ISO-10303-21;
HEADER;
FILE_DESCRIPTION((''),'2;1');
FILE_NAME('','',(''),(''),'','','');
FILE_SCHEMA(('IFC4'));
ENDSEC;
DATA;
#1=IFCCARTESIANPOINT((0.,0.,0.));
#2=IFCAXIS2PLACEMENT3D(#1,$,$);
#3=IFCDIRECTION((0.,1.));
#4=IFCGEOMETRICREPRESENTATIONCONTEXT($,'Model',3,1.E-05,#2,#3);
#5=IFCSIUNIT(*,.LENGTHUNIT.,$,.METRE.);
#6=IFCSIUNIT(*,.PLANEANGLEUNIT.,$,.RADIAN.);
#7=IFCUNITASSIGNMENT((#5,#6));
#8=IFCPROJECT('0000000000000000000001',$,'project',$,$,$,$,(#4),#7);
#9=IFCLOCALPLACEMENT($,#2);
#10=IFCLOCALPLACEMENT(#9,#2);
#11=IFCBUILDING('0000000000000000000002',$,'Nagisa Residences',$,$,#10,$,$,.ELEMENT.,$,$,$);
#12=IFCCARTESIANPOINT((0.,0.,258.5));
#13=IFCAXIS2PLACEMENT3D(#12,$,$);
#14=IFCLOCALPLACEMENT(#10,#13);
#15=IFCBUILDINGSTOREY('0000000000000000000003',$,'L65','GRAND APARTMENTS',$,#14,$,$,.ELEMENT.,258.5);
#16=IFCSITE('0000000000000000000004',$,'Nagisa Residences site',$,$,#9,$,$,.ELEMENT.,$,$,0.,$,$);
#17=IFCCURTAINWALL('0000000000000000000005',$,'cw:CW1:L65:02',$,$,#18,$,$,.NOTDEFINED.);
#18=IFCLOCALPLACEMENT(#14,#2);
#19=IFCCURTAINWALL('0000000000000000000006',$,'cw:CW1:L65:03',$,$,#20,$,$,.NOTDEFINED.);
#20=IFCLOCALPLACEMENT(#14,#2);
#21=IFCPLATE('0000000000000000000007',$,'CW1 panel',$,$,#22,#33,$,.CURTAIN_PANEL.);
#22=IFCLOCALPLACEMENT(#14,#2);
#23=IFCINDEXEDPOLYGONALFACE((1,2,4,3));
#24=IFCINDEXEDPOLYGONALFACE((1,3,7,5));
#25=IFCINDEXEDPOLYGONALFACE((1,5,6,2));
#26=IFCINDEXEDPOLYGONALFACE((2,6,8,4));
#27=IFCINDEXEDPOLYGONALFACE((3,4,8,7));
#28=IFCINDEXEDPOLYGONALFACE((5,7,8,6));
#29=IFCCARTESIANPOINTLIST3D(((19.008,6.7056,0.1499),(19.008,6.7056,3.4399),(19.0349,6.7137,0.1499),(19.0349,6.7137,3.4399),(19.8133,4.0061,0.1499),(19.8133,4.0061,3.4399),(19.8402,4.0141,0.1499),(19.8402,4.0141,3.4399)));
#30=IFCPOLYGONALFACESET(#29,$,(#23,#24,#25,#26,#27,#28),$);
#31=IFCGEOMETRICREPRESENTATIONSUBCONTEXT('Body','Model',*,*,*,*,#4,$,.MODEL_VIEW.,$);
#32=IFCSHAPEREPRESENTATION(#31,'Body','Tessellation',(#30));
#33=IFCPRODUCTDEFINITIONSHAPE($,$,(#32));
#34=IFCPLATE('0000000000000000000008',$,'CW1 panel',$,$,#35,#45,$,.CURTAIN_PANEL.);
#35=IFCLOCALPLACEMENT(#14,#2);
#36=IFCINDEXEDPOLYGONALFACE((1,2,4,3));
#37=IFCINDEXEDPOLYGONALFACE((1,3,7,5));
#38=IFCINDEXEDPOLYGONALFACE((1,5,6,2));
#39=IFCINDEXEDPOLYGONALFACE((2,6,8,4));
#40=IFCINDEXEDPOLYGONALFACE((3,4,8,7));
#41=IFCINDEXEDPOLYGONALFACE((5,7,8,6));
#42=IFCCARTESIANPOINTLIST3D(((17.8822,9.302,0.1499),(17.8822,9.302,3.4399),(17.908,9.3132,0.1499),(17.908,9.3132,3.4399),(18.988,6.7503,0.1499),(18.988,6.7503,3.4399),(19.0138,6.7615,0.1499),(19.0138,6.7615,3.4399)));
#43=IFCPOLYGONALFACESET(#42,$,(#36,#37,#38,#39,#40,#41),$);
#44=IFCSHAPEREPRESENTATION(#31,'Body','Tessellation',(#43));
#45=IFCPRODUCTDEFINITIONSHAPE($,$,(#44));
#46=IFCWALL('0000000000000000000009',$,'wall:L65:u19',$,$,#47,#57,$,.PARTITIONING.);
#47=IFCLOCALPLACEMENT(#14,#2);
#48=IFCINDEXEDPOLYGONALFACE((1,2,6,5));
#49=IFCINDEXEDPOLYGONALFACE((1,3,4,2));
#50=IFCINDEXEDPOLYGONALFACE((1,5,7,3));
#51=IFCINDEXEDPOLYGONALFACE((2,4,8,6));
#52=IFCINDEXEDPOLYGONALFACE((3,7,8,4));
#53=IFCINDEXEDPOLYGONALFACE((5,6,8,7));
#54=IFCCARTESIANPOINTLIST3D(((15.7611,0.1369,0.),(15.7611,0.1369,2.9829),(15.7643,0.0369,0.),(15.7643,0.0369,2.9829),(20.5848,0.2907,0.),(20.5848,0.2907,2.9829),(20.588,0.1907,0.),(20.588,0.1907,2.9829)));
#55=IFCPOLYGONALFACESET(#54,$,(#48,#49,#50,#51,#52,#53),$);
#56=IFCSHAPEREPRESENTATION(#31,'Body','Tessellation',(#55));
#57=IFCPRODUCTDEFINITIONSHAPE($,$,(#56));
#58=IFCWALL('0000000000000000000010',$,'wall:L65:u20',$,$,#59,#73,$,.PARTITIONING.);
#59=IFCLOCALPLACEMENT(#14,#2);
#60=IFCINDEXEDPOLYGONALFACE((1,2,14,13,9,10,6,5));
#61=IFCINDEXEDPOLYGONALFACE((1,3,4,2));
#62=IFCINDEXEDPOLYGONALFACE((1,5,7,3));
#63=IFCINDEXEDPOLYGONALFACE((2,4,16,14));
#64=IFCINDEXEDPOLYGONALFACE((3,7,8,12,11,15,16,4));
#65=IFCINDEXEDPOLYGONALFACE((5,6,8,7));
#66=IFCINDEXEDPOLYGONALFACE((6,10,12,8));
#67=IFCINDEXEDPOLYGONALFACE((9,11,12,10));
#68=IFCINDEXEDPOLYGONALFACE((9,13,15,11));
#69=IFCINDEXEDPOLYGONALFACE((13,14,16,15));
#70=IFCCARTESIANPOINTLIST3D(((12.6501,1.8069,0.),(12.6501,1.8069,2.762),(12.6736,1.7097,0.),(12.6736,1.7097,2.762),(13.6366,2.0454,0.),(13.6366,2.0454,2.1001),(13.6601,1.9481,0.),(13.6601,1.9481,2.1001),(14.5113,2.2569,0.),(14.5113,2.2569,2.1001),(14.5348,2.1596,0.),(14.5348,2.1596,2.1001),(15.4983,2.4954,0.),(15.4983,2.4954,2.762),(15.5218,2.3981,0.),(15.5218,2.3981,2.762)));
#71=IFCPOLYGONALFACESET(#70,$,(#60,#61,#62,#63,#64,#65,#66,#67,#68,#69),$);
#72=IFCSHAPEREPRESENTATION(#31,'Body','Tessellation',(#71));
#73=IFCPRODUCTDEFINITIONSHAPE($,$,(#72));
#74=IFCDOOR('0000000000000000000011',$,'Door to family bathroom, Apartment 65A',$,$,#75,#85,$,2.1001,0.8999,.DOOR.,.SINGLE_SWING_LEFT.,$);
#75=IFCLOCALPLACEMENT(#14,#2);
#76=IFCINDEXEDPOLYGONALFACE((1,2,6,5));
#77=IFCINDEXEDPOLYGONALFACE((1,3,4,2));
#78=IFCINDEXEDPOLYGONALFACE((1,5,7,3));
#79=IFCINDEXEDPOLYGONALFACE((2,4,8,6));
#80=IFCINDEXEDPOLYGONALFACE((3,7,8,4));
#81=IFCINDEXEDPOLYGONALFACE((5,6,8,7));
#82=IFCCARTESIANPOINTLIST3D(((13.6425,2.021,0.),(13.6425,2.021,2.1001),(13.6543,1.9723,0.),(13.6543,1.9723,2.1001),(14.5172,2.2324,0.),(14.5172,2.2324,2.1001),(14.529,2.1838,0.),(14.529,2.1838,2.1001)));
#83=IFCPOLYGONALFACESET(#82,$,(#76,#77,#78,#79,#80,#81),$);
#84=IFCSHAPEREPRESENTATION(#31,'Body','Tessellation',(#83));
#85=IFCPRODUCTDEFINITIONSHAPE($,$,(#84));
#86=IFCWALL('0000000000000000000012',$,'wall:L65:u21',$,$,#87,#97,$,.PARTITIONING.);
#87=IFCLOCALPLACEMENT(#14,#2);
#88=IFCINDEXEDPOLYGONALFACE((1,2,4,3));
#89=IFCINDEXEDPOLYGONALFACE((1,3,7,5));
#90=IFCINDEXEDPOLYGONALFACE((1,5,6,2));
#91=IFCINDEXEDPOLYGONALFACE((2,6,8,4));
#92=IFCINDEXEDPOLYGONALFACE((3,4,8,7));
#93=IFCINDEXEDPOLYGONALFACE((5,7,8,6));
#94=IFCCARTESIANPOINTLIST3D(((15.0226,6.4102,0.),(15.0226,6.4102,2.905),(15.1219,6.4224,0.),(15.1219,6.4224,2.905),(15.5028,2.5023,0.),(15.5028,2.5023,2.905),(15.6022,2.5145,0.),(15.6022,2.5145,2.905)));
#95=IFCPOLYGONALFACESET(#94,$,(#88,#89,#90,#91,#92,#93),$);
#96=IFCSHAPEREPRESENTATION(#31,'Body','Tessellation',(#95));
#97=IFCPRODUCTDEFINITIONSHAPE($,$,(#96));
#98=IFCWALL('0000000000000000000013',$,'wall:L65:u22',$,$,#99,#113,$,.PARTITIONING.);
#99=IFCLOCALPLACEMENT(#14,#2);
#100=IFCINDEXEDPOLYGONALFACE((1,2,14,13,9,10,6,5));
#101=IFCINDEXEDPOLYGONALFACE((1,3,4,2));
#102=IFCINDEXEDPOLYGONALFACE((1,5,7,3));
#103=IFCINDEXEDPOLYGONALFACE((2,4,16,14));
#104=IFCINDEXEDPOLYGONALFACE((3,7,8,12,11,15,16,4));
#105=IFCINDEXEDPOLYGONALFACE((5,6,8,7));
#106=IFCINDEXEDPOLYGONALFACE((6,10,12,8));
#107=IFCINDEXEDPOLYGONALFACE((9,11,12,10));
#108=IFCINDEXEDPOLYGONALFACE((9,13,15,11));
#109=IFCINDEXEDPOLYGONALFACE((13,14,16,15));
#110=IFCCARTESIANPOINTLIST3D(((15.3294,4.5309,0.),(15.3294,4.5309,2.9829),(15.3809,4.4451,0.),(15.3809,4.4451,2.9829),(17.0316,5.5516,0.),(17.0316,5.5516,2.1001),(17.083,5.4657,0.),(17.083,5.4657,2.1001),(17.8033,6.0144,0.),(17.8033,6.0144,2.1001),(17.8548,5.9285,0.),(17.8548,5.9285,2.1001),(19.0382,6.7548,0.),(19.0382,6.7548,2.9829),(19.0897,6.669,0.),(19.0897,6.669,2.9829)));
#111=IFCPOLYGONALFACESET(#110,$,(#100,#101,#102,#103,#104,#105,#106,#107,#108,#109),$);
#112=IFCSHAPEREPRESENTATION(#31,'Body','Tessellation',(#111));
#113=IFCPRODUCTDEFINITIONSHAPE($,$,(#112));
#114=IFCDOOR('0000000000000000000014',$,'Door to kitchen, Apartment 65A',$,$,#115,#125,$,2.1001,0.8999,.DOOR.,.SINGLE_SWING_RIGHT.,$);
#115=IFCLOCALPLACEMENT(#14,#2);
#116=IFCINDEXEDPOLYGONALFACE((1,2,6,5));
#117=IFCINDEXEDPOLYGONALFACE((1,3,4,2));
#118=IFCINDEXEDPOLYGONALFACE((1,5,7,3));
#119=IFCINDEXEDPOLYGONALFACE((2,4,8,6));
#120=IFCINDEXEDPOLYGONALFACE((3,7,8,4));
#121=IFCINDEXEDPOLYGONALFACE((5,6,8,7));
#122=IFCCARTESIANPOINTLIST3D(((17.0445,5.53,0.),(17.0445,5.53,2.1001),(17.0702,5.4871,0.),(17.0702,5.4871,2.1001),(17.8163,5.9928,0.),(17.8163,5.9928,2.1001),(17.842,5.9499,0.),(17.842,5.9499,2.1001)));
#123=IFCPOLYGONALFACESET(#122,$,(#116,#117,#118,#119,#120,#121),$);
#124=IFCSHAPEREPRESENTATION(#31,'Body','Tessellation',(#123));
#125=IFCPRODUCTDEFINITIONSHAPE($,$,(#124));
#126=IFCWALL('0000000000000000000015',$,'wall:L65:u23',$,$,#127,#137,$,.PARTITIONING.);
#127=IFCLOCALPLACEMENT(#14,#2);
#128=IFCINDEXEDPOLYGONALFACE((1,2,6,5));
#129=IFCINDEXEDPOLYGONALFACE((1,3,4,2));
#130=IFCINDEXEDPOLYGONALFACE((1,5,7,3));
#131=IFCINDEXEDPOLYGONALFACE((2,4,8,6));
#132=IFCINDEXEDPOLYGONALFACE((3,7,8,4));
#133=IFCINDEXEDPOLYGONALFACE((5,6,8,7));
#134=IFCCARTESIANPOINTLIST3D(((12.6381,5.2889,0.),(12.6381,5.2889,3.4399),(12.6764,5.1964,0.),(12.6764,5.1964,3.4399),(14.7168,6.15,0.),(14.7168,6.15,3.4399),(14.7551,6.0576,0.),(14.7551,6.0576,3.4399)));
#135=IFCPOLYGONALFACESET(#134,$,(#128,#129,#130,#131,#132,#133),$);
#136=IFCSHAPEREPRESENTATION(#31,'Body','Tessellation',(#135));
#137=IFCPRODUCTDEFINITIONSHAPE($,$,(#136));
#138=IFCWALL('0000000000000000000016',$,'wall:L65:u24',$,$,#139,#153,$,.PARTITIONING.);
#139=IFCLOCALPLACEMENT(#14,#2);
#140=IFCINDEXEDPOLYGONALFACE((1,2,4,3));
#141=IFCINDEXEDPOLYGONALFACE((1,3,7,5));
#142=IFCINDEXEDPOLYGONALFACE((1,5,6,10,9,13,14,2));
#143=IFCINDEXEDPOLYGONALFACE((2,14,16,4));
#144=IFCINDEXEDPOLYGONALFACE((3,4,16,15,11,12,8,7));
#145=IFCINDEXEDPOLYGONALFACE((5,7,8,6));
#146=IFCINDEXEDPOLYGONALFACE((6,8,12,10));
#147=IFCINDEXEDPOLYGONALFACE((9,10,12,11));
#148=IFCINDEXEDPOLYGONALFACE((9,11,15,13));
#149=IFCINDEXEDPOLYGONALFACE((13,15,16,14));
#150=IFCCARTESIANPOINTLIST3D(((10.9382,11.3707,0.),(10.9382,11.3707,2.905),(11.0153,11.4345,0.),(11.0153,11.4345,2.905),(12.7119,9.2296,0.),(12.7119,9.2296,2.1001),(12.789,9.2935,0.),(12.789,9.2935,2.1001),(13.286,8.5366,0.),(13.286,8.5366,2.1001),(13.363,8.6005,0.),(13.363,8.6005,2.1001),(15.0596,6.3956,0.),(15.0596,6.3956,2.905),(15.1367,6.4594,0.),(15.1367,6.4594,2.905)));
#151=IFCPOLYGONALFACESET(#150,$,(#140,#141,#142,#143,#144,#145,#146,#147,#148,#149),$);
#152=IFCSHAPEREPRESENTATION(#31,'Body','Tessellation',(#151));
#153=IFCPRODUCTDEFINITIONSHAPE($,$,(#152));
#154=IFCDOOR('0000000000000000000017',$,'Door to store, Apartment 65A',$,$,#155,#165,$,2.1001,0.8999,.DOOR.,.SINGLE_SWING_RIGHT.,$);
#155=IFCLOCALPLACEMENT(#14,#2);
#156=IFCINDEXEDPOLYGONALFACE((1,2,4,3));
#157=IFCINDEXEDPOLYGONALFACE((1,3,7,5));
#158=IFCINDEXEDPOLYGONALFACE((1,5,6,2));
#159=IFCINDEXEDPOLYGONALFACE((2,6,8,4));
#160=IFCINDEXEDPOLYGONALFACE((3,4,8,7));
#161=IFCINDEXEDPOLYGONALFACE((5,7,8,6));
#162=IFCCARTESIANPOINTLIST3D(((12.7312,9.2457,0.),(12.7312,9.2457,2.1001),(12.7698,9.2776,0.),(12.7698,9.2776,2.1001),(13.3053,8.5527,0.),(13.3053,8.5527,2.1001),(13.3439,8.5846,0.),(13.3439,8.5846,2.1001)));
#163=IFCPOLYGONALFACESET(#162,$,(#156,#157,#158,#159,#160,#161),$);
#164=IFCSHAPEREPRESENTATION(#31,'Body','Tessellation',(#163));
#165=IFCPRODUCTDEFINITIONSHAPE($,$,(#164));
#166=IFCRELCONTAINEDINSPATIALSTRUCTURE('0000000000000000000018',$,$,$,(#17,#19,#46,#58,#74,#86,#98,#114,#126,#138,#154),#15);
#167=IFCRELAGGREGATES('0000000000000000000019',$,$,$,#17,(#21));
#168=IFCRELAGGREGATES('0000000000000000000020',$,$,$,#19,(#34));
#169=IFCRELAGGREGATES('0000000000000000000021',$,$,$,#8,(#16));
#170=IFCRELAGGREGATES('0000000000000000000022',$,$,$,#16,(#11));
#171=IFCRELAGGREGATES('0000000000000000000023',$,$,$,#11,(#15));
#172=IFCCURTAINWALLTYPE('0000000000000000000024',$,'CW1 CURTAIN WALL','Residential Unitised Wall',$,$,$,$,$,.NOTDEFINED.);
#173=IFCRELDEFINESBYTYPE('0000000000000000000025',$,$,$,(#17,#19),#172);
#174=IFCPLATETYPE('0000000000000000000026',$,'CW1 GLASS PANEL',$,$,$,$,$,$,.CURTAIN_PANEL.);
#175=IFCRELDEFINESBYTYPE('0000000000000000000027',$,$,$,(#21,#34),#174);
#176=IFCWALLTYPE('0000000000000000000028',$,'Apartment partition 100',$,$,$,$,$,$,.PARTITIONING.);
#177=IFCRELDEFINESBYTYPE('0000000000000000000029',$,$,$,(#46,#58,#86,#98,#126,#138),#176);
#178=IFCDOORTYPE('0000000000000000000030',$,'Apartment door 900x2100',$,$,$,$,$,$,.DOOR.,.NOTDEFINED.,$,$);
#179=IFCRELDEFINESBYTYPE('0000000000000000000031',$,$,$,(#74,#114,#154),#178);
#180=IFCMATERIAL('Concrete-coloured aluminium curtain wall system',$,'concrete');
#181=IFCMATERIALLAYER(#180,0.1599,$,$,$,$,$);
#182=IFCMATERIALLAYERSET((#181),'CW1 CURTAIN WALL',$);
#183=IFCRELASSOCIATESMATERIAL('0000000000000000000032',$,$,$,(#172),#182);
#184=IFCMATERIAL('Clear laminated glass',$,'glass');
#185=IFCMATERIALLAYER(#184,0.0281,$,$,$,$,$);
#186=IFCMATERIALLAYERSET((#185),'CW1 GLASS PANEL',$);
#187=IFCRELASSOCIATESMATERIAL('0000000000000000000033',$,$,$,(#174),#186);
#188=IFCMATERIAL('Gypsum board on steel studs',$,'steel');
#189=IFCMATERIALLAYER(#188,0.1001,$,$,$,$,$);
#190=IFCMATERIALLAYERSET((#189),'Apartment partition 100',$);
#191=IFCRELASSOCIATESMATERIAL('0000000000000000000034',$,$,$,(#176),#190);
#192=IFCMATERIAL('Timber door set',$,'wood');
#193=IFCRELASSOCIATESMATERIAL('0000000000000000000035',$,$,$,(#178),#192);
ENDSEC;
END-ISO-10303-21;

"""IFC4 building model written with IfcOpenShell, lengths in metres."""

from ifc_helpers import new_model, si_unit, direction, frame, frame_2d, origin, origin_2d, place, context, subcontext, project, spatial, rectangle, extrude, material, layer, layer_set, type_object, element, fill, aggregate, save


model = new_model("IFC4")

# Units and contexts
model_context = context("Model", 3, precision=1e-05, world=origin(), true_north=direction((0.0, 1.0)))
body_context = subcontext(model_context, "Body", "Model", "MODEL_VIEW")
ifc_project = project(units=[si_unit("LENGTHUNIT", "METRE"), si_unit("PLANEANGLEUNIT", "RADIAN")], contexts=[model_context])

# Site, building, storey
site_placement = place(None, origin())
site = spatial("IfcSite", under=ifc_project, at=site_placement, Name="Nagisa Residences site", CompositionType="ELEMENT", RefElevation=0.0)
building_placement = place(site_placement, origin())
building = spatial("IfcBuilding", under=site, at=building_placement, Name="Nagisa Residences", CompositionType="ELEMENT")
storey_placement = place(building_placement, frame((0.0, 0.0, 258.5)))
storey = spatial("IfcBuildingStorey", under=building, at=storey_placement, Name="L65", Description="GRAND APARTMENTS", CompositionType="ELEMENT", Elevation=258.5)

# Curtain walls
ifc_material_1 = material(Name="Concrete-coloured aluminium curtain wall system", Category="concrete")
ifc_layer_1 = layer(ifc_material_1, 0.1599)
ifc_layer_set_1 = layer_set([ifc_layer_1], Name="CW1 CURTAIN WALL")
curtain_wall_type = type_object("IfcCurtainWallType", Name="CW1 CURTAIN WALL", Description="Residential Unitised Wall", PredefinedType="NOTDEFINED", material=ifc_layer_set_1)
curtain_wall_1_placement = place(storey_placement, origin())
curtain_wall_1 = element("IfcCurtainWall", 1, at=curtain_wall_1_placement, inside=storey, type_object=curtain_wall_type, Name="cw:CW1:L65:02", PredefinedType="NOTDEFINED")
curtain_wall_2_placement = place(storey_placement, origin())
curtain_wall_2 = element("IfcCurtainWall", 2, at=curtain_wall_2_placement, inside=storey, type_object=curtain_wall_type, Name="cw:CW1:L65:03", PredefinedType="NOTDEFINED")

# Plates
ifc_material_2 = material(Name="Clear laminated glass", Category="glass")
ifc_layer_2 = layer(ifc_material_2, 0.0281)
ifc_layer_set_2 = layer_set([ifc_layer_2], Name="CW1 GLASS PANEL")
plate_type = type_object("IfcPlateType", Name="CW1 GLASS PANEL", PredefinedType="CURTAIN_PANEL", material=ifc_layer_set_2)
plate_1_placement = place(storey_placement, frame((19.4241, 5.3599, 0.1499), z_axis=(0.0, 0.0, 1.0), x_axis=(-0.28586, 0.958271, 0.0)))
plate_1 = element("IfcPlate", 3, at=plate_1_placement, type_object=plate_type, Name="CW1 panel", PredefinedType="CURTAIN_PANEL", context=body_context, shape_type="SweptSolid", body=[
    extrude(rectangle(XDim=2.8171, YDim=0.0281, at=origin_2d()), origin(), (0.0, 0.0, 1.0), 3.29),
])
aggregate(curtain_wall_1, [plate_1])
plate_2_placement = place(storey_placement, frame((18.448, 8.0317, 0.1499), z_axis=(0.0, 0.0, 1.0), x_axis=(-0.397636, 0.917543, 0.0)))
plate_2 = element("IfcPlate", 4, at=plate_2_placement, type_object=plate_type, Name="CW1 panel", PredefinedType="CURTAIN_PANEL", context=body_context, shape_type="SweptSolid", body=[
    extrude(rectangle(XDim=2.781, YDim=0.0281, at=origin_2d()), origin(), (0.0, 0.0, 1.0), 3.29),
])
aggregate(curtain_wall_2, [plate_2])

# Wall
ifc_material_3 = material(Name="Gypsum board on steel studs", Category="steel")
ifc_layer_3 = layer(ifc_material_3, 0.1001)
ifc_layer_set_3 = layer_set([ifc_layer_3], Name="Apartment partition 100")
wall_type_1 = type_object("IfcWallType", Name="Apartment partition 100", PredefinedType="PARTITIONING", material=ifc_layer_set_3)
wall_1_placement = place(storey_placement, frame((15.7627, 0.0869, 0.0), z_axis=(0.0, 0.0, 1.0), x_axis=(0.999492, 0.03187, 0.0)))
element("IfcWall", 5, at=wall_1_placement, inside=storey, type_object=wall_type_1, Name="wall:L65:u19", PredefinedType="PARTITIONING", context=body_context, shape_type="SweptSolid", body=[
    extrude(rectangle(XDim=4.8262, YDim=0.1001, at=frame_2d((2.4131, 0.0))), origin(), (0.0, 0.0, 1.0), 2.9829),
])

# Wall, opening, door
wall_2_placement = place(storey_placement, frame((12.6619, 1.7583, 0.0), z_axis=(0.0, 0.0, 1.0), x_axis=(0.972005, 0.234961, 0.0)))
wall_2 = element("IfcWall", 6, at=wall_2_placement, inside=storey, type_object=wall_type_1, Name="wall:L65:u20", PredefinedType="PARTITIONING", context=body_context, shape_type="SweptSolid", body=[
    extrude(rectangle(XDim=2.9302, YDim=0.1001, at=frame_2d((1.4651, 0.0))), origin(), (0.0, 0.0, 1.0), 2.762),
])
opening_1_placement = place(wall_2_placement, frame((1.0149, 0.0, 0.0)))
opening_1 = element("IfcOpeningElement", 7, at=opening_1_placement, cuts=wall_2, PredefinedType="OPENING", context=body_context, shape_type="SweptSolid", body=[
    extrude(rectangle(XDim=0.8999, YDim=2.1001, at=frame_2d((0.45, 1.05))), frame((0.0, 0.0601, 0.0), z_axis=(0.0, -1.0, 0.0), x_axis=(1.0, 0.0, 0.0)), (0.0, 0.0, 1.0), 0.1201),
])
ifc_material_4 = material(Name="Timber door set", Category="wood")
door_type_1 = type_object("IfcDoorType", Name="Apartment door 900x2100", OperationType="NOTDEFINED", PredefinedType="DOOR", material=ifc_material_4)
door_1_placement = place(opening_1_placement, origin())
door_1 = element("IfcDoor", 8, at=door_1_placement, inside=storey, type_object=door_type_1, Name="Door to family bathroom, Apartment 65A", OperationType="SINGLE_SWING_LEFT", OverallHeight=2.1001, OverallWidth=0.8999, PredefinedType="DOOR", context=body_context, shape_type="SweptSolid", body=[
    extrude(rectangle(XDim=0.8999, YDim=2.1001, at=frame_2d((0.45, 1.05))), frame((0.0, 0.0249, 0.0), z_axis=(0.0, -1.0, 0.0), x_axis=(1.0, 0.0, 0.0)), (0.0, 0.0, 1.0), 0.05),
])
fill(opening_1, door_1)

# Wall
wall_3_placement = place(storey_placement, frame((15.5525, 2.5083, 0.0), z_axis=(0.0, 0.0, 1.0), x_axis=(-0.121966, 0.992534, 0.0)))
element("IfcWall", 9, at=wall_3_placement, inside=storey, type_object=wall_type_1, Name="wall:L65:u21", PredefinedType="PARTITIONING", context=body_context, shape_type="SweptSolid", body=[
    extrude(rectangle(XDim=3.9373, YDim=0.1001, at=frame_2d((1.9688, 0.0))), origin(), (0.0, 0.0, 1.0), 2.905),
])

# Wall, opening, door
wall_4_placement = place(storey_placement, frame((15.3552, 4.488, 0.0), z_axis=(0.0, 0.0, 1.0), x_axis=(0.857632, 0.514263, 0.0)))
wall_4 = element("IfcWall", 10, at=wall_4_placement, inside=storey, type_object=wall_type_1, Name="wall:L65:u22", PredefinedType="PARTITIONING", context=body_context, shape_type="SweptSolid", body=[
    extrude(rectangle(XDim=4.3245, YDim=0.1001, at=frame_2d((2.1621, 0.0))), origin(), (0.0, 0.0, 1.0), 2.9829),
])
opening_2_placement = place(wall_4_placement, frame((1.9846, 0.0, 0.0)))
opening_2 = element("IfcOpeningElement", 11, at=opening_2_placement, cuts=wall_4, PredefinedType="OPENING", context=body_context, shape_type="SweptSolid", body=[
    extrude(rectangle(XDim=0.8999, YDim=2.1001, at=frame_2d((0.45, 1.05))), frame((0.0, 0.0601, 0.0), z_axis=(0.0, -1.0, 0.0), x_axis=(1.0, 0.0, 0.0)), (0.0, 0.0, 1.0), 0.1201),
])
door_2_placement = place(opening_2_placement, origin())
door_2 = element("IfcDoor", 12, at=door_2_placement, inside=storey, type_object=door_type_1, Name="Door to kitchen, Apartment 65A", OperationType="SINGLE_SWING_RIGHT", OverallHeight=2.1001, OverallWidth=0.8999, PredefinedType="DOOR", context=body_context, shape_type="SweptSolid", body=[
    extrude(rectangle(XDim=0.8999, YDim=2.1001, at=frame_2d((0.45, 1.05))), frame((0.0, 0.0249, 0.0), z_axis=(0.0, -1.0, 0.0), x_axis=(1.0, 0.0, 0.0)), (0.0, 0.0, 1.0), 0.05),
])
fill(opening_2, door_2)

# Wall
wall_5_placement = place(storey_placement, frame((12.6572, 5.2427, 0.0), z_axis=(0.0, 0.0, 1.0), x_axis=(0.923865, 0.382719, 0.0)))
element("IfcWall", 13, at=wall_5_placement, inside=storey, type_object=wall_type_1, Name="wall:L65:u23", PredefinedType="PARTITIONING", context=body_context, shape_type="SweptSolid", body=[
    extrude(rectangle(XDim=2.25, YDim=0.1001, at=frame_2d((1.125, 0.0))), origin(), (0.0, 0.0, 1.0), 3.4399),
])

# Wall, opening, door
wall_6_placement = place(storey_placement, frame((15.0981, 6.4275, 0.0), z_axis=(0.0, 0.0, 1.0), x_axis=(-0.637937, 0.770089, 0.0)))
wall_6 = element("IfcWall", 14, at=wall_6_placement, inside=storey, type_object=wall_type_1, Name="wall:L65:u24", PredefinedType="PARTITIONING", context=body_context, shape_type="SweptSolid", body=[
    extrude(rectangle(XDim=6.4604, YDim=0.1001, at=frame_2d((3.2302, 0.0))), origin(), (0.0, 0.0, 1.0), 2.905),
])
opening_3_placement = place(wall_6_placement, frame((2.7803, 0.0, 0.0)))
opening_3 = element("IfcOpeningElement", 15, at=opening_3_placement, cuts=wall_6, PredefinedType="OPENING", context=body_context, shape_type="SweptSolid", body=[
    extrude(rectangle(XDim=0.8999, YDim=2.1001, at=frame_2d((0.45, 1.05))), frame((0.0, 0.0601, 0.0), z_axis=(0.0, -1.0, 0.0), x_axis=(1.0, 0.0, 0.0)), (0.0, 0.0, 1.0), 0.1201),
])
door_3_placement = place(opening_3_placement, origin())
door_3 = element("IfcDoor", 16, at=door_3_placement, inside=storey, type_object=door_type_1, Name="Door to store, Apartment 65A", OperationType="SINGLE_SWING_RIGHT", OverallHeight=2.1001, OverallWidth=0.8999, PredefinedType="DOOR", context=body_context, shape_type="SweptSolid", body=[
    extrude(rectangle(XDim=0.8999, YDim=2.1001, at=frame_2d((0.45, 1.05))), frame((0.0, 0.0249, 0.0), z_axis=(0.0, -1.0, 0.0), x_axis=(1.0, 0.0, 0.0)), (0.0, 0.0, 1.0), 0.05),
])
fill(opening_3, door_3)

save(model, "model.ifc")
